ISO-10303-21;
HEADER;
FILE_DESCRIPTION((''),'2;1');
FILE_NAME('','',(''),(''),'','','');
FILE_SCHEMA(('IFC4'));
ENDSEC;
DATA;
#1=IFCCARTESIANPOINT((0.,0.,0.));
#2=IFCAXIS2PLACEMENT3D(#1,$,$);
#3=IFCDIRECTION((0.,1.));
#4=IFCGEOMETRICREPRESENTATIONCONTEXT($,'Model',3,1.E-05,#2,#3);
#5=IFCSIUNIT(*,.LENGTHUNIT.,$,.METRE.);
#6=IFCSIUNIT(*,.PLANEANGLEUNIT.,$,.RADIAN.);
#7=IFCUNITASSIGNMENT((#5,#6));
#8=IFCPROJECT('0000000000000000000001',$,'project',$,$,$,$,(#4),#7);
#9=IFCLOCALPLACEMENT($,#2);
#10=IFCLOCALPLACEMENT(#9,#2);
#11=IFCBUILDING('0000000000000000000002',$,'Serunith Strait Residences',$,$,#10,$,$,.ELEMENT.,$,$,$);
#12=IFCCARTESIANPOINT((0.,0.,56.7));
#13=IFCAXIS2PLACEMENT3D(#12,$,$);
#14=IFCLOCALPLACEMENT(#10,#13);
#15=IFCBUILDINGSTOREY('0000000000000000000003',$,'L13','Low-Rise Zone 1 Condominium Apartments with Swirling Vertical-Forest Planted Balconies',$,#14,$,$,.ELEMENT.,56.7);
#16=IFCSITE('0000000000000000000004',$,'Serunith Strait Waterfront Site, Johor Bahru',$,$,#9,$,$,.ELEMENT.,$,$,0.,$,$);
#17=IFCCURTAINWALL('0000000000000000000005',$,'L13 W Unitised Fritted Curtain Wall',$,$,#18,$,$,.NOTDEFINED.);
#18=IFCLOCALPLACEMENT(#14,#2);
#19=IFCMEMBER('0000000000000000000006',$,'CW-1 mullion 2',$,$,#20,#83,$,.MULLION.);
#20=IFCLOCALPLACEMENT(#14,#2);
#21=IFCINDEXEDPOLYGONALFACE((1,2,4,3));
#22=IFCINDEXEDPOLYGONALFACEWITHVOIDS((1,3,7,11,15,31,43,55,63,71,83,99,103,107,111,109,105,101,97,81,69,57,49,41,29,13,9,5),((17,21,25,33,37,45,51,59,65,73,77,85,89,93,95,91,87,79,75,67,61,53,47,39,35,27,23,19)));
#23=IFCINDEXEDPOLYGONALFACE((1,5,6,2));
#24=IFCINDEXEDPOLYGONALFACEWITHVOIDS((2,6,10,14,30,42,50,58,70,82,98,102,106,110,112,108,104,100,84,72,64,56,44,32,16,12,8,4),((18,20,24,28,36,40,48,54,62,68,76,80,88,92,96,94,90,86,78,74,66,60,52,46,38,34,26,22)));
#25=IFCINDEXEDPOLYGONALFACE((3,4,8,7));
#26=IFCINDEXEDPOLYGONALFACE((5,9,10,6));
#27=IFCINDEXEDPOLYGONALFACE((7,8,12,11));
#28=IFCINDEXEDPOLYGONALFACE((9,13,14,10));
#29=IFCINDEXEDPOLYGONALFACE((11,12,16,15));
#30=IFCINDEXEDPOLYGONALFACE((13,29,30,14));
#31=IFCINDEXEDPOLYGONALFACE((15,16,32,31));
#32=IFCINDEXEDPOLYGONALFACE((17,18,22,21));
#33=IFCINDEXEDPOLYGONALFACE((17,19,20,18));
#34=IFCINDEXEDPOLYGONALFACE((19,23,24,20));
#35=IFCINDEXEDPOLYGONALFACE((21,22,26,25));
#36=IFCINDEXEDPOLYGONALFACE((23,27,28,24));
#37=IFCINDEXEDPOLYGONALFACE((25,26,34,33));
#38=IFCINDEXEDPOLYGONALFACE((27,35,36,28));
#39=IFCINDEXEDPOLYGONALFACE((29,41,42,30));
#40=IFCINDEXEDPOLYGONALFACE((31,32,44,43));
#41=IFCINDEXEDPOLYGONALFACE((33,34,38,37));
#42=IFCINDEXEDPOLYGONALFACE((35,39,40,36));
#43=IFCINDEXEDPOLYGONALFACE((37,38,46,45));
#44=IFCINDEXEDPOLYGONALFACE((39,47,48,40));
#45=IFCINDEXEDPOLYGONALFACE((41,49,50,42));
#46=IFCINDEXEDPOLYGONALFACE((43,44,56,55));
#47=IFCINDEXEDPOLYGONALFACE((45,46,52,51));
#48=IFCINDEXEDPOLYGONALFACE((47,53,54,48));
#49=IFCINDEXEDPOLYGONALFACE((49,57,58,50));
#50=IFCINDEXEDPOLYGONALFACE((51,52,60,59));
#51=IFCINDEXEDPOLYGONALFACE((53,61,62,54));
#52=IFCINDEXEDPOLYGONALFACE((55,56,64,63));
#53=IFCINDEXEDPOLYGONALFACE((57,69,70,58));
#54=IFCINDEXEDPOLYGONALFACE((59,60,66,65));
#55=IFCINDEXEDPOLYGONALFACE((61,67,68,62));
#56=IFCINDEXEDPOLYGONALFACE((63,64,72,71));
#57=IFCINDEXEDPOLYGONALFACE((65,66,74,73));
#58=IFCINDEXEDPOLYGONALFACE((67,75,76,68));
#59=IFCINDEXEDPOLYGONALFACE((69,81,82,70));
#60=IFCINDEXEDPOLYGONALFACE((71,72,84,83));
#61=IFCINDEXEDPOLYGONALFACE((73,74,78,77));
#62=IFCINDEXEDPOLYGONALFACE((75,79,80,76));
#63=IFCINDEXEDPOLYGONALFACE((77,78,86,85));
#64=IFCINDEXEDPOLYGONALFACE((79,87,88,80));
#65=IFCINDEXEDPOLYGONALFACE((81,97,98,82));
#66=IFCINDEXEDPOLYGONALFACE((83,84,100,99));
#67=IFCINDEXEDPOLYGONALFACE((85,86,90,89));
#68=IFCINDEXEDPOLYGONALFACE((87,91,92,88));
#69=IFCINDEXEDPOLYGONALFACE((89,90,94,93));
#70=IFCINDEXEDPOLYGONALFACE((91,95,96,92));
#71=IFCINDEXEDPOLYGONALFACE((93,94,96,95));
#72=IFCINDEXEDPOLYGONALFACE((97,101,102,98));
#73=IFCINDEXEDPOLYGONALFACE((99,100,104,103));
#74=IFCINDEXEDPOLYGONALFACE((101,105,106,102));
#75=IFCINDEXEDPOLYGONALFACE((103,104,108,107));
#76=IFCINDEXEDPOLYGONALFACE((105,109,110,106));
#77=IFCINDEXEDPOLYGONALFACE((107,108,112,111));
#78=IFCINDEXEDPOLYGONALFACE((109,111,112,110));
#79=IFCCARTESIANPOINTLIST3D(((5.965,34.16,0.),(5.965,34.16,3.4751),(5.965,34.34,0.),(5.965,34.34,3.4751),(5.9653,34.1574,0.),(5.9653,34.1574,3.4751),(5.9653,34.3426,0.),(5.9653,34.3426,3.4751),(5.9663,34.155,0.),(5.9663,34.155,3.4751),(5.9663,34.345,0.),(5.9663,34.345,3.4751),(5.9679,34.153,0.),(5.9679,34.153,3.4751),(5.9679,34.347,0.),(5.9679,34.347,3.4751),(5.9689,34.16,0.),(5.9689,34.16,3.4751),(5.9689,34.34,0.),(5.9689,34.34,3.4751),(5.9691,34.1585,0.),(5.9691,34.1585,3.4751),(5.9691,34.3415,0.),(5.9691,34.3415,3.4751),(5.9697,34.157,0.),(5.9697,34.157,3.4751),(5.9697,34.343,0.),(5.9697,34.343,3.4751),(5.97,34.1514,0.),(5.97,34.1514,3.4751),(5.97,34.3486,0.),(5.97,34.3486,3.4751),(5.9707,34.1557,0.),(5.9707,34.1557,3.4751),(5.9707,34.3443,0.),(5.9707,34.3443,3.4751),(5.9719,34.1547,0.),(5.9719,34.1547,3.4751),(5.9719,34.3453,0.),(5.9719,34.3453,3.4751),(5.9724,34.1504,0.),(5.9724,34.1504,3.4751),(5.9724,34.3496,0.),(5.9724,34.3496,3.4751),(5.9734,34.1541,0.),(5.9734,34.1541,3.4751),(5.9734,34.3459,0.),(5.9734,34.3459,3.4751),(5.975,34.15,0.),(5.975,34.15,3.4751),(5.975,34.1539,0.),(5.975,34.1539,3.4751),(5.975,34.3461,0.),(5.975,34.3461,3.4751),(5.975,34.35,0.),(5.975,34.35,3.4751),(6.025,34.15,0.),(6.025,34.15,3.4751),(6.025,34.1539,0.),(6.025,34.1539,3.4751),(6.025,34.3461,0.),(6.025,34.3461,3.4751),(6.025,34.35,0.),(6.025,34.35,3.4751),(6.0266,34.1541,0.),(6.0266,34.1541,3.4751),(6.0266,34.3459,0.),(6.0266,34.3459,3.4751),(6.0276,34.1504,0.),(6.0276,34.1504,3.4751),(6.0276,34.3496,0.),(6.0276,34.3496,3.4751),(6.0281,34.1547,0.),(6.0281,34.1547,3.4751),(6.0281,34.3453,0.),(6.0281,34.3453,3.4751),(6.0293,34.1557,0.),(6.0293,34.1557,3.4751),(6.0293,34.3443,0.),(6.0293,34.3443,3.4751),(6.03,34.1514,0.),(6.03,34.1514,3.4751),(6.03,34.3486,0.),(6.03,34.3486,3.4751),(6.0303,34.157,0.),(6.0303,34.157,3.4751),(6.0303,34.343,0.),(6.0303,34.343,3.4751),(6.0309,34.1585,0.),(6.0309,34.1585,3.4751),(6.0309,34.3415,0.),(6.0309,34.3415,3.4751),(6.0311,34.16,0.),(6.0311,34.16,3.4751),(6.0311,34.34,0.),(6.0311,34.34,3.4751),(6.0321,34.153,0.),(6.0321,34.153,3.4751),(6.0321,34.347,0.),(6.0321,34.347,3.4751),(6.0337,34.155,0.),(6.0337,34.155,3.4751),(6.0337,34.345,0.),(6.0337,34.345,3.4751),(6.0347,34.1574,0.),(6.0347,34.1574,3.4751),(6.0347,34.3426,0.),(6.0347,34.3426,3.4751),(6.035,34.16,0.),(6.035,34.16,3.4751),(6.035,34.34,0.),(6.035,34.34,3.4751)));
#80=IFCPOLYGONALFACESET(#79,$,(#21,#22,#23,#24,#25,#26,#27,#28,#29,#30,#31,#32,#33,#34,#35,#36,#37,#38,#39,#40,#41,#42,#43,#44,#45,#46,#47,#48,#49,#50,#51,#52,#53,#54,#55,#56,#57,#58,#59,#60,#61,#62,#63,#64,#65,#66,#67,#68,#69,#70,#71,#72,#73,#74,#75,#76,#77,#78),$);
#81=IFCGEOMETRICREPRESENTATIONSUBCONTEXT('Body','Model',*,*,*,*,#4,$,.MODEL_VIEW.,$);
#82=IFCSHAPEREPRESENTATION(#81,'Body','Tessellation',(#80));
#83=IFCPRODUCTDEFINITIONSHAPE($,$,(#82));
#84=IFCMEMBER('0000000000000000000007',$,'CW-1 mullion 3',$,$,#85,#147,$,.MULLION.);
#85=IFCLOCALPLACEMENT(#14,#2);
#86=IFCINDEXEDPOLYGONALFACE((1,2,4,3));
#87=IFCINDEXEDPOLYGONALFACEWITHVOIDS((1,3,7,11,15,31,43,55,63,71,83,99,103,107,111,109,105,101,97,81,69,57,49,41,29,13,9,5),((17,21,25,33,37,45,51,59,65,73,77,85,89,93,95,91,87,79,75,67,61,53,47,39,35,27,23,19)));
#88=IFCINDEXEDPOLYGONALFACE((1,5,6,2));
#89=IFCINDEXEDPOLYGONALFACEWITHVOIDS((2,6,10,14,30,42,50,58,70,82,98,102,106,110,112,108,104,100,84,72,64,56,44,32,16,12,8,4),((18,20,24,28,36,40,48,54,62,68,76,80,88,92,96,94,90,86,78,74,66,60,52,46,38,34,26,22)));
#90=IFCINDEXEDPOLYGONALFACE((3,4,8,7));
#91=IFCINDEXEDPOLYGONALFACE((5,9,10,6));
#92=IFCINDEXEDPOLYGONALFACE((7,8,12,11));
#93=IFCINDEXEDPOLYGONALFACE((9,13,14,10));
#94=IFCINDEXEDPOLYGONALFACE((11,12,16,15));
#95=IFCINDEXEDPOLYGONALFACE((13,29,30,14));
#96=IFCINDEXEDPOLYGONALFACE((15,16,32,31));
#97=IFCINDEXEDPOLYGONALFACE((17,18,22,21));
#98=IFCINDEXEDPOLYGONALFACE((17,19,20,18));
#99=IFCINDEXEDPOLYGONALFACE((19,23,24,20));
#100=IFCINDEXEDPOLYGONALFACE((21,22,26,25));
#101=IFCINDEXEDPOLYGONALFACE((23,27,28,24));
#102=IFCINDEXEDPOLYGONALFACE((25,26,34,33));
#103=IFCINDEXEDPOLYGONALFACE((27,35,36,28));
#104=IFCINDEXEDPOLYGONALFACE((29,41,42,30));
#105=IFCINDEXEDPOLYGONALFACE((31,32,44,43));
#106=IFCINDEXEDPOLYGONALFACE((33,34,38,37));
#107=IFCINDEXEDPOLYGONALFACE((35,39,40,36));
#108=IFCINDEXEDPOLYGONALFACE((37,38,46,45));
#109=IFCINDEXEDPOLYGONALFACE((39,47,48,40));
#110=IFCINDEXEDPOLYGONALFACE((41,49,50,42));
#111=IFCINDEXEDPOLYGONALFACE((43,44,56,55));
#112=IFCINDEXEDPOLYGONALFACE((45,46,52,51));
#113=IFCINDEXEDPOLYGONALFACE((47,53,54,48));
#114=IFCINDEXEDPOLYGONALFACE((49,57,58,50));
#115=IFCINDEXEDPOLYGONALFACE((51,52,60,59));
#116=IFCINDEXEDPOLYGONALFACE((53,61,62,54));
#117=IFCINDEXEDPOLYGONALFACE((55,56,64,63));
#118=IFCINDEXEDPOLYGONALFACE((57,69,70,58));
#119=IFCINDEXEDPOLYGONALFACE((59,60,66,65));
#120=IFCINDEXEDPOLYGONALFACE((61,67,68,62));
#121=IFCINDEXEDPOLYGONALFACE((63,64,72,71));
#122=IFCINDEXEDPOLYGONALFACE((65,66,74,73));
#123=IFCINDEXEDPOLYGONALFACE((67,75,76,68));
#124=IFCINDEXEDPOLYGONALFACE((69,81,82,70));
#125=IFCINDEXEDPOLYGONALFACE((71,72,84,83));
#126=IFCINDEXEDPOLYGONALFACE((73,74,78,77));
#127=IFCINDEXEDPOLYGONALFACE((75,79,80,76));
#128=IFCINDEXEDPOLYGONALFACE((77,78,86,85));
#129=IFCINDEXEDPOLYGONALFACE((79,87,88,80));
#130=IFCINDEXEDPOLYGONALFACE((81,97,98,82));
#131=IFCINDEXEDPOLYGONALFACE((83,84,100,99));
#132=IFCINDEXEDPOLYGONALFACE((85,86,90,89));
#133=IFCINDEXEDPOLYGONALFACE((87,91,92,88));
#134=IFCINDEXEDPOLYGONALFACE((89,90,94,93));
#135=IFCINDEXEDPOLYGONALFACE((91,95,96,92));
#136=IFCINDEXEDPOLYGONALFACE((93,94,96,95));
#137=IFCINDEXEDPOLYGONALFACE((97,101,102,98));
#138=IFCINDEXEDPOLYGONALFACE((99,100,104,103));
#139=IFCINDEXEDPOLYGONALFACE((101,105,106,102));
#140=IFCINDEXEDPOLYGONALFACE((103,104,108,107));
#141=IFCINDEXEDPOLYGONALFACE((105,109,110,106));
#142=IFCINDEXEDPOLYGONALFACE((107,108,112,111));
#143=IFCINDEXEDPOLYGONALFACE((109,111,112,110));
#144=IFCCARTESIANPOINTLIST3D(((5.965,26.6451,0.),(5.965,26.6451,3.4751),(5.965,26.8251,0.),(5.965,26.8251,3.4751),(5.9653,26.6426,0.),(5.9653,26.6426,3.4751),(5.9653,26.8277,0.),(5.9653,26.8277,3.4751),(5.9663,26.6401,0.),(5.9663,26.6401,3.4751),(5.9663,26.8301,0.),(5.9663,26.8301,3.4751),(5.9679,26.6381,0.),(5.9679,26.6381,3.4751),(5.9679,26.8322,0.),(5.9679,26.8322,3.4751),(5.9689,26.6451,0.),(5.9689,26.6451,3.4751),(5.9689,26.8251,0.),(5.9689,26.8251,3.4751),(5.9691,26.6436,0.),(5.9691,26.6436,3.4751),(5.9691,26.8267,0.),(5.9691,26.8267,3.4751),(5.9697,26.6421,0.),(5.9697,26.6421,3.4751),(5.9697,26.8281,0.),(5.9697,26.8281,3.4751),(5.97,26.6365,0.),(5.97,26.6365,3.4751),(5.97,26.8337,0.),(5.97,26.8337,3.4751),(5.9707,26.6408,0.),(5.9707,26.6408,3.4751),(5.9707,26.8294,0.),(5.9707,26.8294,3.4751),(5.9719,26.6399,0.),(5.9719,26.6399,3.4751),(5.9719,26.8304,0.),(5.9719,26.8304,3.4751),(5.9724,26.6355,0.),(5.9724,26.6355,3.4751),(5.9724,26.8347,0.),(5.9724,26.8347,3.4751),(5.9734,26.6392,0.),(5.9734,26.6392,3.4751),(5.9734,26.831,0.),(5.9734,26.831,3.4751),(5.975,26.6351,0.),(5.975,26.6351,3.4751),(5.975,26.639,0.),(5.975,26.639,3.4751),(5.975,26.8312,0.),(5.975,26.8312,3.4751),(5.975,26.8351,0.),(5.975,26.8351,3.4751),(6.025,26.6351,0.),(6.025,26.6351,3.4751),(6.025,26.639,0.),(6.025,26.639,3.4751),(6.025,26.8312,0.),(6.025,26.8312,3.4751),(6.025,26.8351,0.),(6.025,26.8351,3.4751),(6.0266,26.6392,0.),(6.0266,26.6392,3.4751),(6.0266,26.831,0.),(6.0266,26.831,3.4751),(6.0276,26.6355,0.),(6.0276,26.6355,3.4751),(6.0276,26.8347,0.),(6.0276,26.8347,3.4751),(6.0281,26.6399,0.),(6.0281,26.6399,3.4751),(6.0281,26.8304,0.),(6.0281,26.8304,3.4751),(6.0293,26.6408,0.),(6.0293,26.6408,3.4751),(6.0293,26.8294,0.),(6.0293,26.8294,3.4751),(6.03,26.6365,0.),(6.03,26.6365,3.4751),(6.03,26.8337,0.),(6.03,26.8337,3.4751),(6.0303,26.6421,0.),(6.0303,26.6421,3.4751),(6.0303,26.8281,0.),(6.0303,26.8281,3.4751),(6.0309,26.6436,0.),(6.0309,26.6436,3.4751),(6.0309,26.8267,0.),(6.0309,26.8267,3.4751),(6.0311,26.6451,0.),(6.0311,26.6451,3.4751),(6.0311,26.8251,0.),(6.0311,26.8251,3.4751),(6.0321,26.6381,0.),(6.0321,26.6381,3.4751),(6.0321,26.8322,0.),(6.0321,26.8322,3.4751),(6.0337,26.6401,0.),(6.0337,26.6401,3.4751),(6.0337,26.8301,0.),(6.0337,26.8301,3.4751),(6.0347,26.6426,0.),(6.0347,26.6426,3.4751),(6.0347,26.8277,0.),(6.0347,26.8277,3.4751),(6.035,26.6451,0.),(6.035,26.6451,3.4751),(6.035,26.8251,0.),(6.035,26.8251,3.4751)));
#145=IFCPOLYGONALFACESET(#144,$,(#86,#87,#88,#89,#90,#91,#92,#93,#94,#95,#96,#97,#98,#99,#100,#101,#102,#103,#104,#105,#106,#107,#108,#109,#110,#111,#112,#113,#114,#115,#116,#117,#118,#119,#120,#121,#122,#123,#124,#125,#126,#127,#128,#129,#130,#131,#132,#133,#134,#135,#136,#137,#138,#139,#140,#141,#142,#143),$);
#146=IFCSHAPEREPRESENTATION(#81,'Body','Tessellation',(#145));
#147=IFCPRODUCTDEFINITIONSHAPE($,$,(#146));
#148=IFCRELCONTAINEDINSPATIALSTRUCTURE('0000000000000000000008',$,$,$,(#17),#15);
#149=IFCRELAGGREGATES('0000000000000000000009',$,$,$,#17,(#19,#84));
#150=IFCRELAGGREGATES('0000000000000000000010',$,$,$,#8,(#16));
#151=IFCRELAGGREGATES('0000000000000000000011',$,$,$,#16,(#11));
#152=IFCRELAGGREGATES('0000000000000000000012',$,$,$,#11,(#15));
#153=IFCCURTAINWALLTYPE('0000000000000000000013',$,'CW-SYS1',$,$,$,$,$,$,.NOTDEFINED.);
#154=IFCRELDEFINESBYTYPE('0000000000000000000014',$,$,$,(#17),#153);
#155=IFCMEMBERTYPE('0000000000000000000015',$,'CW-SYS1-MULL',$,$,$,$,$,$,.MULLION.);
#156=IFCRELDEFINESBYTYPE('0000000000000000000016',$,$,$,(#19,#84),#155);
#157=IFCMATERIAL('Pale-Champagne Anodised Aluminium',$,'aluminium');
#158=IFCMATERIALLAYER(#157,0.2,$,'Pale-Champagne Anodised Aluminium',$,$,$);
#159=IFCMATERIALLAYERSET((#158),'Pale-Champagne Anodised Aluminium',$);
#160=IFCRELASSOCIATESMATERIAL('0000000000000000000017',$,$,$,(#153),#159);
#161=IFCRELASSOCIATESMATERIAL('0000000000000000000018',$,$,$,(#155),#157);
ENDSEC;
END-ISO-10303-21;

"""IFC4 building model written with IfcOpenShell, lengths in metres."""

from ifc_helpers import new_model, si_unit, direction, frame, origin, origin_2d, place, context, subcontext, project, spatial, hollow_rectangle, extrude, source, transform, mapped, material, layer, layer_set, material_profile, profile_set, type_object, element, aggregate, save


model = new_model("IFC4")

# Units and contexts
model_context = context("Model", 3, precision=1e-05, world=origin(), true_north=direction((0.0, 1.0)))
body_context = subcontext(model_context, "Body", "Model", "MODEL_VIEW")
ifc_project = project(units=[si_unit("LENGTHUNIT", "METRE"), si_unit("PLANEANGLEUNIT", "RADIAN")], contexts=[model_context])

# Site, building, storey
site_placement = place(None, origin())
site = spatial("IfcSite", under=ifc_project, at=site_placement, Name="Serunith Strait Waterfront Site, Johor Bahru", CompositionType="ELEMENT", RefElevation=0.0)
building_placement = place(site_placement, origin())
building = spatial("IfcBuilding", under=site, at=building_placement, Name="Serunith Strait Residences", CompositionType="ELEMENT")
storey_placement = place(building_placement, frame((0.0, 0.0, 56.7)))
storey = spatial("IfcBuildingStorey", under=building, at=storey_placement, Name="L13", Description="Low-Rise Zone 1 Condominium Apartments with Swirling Vertical-Forest Planted Balconies", CompositionType="ELEMENT", Elevation=56.7)

# Curtain wall, members
ifc_material_1 = material(Name="Pale-Champagne Anodised Aluminium", Category="aluminium")
ifc_layer_1 = layer(ifc_material_1, 0.2, Name="Pale-Champagne Anodised Aluminium")
ifc_layer_set_1 = layer_set([ifc_layer_1], Name="Pale-Champagne Anodised Aluminium")
curtain_wall_type = type_object("IfcCurtainWallType", Name="CW-SYS1", PredefinedType="NOTDEFINED", material=ifc_layer_set_1)
curtain_wall_placement = place(storey_placement, origin())
curtain_wall = element("IfcCurtainWall", 1, at=curtain_wall_placement, inside=storey, type_object=curtain_wall_type, Name="L13 W Unitised Fritted Curtain Wall", PredefinedType="NOTDEFINED")
ifc_material_profile_1 = material_profile(ifc_material_1, hollow_rectangle(XDim=0.0701, YDim=0.2, WallThickness=0.0039, InnerFilletRadius=0.0061, OuterFilletRadius=0.01, at=origin_2d()), Name="ALU 200x70x4")
ifc_profile_set_1 = profile_set([ifc_material_profile_1], Name="Pale-Champagne Anodised Aluminium")
member_type_1 = type_object("IfcMemberType", Name="CW-SYS1-MULL", PredefinedType="MULLION", material=ifc_profile_set_1)
shared_shape_1 = source(origin(), body_context, "Body", "SweptSolid", [
    extrude(hollow_rectangle(XDim=0.0701, YDim=0.2, WallThickness=0.0039, InnerFilletRadius=0.0061, OuterFilletRadius=0.01, at=origin_2d()), origin(), (0.0, 0.0, 1.0), 3.4751),
])
member_1_placement = place(storey_placement, frame((6.0, 34.25, 0.0), z_axis=(0.0, 0.0, 1.0), x_axis=(1.0, 0.0, 0.0)))
member_1 = element("IfcMember", 2, at=member_1_placement, type_object=member_type_1, Name="CW-1 mullion 2", PredefinedType="MULLION", context=body_context, shape_type="MappedRepresentation", body=[
    mapped(shared_shape_1, transform((0.0, 0.0, 0.0), scale=1.0)),
])
member_2_placement = place(storey_placement, frame((6.0, 26.7351, 0.0), z_axis=(0.0, 0.0, 1.0), x_axis=(1.0, 0.0, 0.0)))
member_2 = element("IfcMember", 3, at=member_2_placement, type_object=member_type_1, Name="CW-1 mullion 3", PredefinedType="MULLION", context=body_context, shape_type="MappedRepresentation", body=[
    mapped(shared_shape_1, transform((0.0, 0.0, 0.0), scale=1.0)),
])
aggregate(curtain_wall, [member_1, member_2])

save(model, "model.ifc")
